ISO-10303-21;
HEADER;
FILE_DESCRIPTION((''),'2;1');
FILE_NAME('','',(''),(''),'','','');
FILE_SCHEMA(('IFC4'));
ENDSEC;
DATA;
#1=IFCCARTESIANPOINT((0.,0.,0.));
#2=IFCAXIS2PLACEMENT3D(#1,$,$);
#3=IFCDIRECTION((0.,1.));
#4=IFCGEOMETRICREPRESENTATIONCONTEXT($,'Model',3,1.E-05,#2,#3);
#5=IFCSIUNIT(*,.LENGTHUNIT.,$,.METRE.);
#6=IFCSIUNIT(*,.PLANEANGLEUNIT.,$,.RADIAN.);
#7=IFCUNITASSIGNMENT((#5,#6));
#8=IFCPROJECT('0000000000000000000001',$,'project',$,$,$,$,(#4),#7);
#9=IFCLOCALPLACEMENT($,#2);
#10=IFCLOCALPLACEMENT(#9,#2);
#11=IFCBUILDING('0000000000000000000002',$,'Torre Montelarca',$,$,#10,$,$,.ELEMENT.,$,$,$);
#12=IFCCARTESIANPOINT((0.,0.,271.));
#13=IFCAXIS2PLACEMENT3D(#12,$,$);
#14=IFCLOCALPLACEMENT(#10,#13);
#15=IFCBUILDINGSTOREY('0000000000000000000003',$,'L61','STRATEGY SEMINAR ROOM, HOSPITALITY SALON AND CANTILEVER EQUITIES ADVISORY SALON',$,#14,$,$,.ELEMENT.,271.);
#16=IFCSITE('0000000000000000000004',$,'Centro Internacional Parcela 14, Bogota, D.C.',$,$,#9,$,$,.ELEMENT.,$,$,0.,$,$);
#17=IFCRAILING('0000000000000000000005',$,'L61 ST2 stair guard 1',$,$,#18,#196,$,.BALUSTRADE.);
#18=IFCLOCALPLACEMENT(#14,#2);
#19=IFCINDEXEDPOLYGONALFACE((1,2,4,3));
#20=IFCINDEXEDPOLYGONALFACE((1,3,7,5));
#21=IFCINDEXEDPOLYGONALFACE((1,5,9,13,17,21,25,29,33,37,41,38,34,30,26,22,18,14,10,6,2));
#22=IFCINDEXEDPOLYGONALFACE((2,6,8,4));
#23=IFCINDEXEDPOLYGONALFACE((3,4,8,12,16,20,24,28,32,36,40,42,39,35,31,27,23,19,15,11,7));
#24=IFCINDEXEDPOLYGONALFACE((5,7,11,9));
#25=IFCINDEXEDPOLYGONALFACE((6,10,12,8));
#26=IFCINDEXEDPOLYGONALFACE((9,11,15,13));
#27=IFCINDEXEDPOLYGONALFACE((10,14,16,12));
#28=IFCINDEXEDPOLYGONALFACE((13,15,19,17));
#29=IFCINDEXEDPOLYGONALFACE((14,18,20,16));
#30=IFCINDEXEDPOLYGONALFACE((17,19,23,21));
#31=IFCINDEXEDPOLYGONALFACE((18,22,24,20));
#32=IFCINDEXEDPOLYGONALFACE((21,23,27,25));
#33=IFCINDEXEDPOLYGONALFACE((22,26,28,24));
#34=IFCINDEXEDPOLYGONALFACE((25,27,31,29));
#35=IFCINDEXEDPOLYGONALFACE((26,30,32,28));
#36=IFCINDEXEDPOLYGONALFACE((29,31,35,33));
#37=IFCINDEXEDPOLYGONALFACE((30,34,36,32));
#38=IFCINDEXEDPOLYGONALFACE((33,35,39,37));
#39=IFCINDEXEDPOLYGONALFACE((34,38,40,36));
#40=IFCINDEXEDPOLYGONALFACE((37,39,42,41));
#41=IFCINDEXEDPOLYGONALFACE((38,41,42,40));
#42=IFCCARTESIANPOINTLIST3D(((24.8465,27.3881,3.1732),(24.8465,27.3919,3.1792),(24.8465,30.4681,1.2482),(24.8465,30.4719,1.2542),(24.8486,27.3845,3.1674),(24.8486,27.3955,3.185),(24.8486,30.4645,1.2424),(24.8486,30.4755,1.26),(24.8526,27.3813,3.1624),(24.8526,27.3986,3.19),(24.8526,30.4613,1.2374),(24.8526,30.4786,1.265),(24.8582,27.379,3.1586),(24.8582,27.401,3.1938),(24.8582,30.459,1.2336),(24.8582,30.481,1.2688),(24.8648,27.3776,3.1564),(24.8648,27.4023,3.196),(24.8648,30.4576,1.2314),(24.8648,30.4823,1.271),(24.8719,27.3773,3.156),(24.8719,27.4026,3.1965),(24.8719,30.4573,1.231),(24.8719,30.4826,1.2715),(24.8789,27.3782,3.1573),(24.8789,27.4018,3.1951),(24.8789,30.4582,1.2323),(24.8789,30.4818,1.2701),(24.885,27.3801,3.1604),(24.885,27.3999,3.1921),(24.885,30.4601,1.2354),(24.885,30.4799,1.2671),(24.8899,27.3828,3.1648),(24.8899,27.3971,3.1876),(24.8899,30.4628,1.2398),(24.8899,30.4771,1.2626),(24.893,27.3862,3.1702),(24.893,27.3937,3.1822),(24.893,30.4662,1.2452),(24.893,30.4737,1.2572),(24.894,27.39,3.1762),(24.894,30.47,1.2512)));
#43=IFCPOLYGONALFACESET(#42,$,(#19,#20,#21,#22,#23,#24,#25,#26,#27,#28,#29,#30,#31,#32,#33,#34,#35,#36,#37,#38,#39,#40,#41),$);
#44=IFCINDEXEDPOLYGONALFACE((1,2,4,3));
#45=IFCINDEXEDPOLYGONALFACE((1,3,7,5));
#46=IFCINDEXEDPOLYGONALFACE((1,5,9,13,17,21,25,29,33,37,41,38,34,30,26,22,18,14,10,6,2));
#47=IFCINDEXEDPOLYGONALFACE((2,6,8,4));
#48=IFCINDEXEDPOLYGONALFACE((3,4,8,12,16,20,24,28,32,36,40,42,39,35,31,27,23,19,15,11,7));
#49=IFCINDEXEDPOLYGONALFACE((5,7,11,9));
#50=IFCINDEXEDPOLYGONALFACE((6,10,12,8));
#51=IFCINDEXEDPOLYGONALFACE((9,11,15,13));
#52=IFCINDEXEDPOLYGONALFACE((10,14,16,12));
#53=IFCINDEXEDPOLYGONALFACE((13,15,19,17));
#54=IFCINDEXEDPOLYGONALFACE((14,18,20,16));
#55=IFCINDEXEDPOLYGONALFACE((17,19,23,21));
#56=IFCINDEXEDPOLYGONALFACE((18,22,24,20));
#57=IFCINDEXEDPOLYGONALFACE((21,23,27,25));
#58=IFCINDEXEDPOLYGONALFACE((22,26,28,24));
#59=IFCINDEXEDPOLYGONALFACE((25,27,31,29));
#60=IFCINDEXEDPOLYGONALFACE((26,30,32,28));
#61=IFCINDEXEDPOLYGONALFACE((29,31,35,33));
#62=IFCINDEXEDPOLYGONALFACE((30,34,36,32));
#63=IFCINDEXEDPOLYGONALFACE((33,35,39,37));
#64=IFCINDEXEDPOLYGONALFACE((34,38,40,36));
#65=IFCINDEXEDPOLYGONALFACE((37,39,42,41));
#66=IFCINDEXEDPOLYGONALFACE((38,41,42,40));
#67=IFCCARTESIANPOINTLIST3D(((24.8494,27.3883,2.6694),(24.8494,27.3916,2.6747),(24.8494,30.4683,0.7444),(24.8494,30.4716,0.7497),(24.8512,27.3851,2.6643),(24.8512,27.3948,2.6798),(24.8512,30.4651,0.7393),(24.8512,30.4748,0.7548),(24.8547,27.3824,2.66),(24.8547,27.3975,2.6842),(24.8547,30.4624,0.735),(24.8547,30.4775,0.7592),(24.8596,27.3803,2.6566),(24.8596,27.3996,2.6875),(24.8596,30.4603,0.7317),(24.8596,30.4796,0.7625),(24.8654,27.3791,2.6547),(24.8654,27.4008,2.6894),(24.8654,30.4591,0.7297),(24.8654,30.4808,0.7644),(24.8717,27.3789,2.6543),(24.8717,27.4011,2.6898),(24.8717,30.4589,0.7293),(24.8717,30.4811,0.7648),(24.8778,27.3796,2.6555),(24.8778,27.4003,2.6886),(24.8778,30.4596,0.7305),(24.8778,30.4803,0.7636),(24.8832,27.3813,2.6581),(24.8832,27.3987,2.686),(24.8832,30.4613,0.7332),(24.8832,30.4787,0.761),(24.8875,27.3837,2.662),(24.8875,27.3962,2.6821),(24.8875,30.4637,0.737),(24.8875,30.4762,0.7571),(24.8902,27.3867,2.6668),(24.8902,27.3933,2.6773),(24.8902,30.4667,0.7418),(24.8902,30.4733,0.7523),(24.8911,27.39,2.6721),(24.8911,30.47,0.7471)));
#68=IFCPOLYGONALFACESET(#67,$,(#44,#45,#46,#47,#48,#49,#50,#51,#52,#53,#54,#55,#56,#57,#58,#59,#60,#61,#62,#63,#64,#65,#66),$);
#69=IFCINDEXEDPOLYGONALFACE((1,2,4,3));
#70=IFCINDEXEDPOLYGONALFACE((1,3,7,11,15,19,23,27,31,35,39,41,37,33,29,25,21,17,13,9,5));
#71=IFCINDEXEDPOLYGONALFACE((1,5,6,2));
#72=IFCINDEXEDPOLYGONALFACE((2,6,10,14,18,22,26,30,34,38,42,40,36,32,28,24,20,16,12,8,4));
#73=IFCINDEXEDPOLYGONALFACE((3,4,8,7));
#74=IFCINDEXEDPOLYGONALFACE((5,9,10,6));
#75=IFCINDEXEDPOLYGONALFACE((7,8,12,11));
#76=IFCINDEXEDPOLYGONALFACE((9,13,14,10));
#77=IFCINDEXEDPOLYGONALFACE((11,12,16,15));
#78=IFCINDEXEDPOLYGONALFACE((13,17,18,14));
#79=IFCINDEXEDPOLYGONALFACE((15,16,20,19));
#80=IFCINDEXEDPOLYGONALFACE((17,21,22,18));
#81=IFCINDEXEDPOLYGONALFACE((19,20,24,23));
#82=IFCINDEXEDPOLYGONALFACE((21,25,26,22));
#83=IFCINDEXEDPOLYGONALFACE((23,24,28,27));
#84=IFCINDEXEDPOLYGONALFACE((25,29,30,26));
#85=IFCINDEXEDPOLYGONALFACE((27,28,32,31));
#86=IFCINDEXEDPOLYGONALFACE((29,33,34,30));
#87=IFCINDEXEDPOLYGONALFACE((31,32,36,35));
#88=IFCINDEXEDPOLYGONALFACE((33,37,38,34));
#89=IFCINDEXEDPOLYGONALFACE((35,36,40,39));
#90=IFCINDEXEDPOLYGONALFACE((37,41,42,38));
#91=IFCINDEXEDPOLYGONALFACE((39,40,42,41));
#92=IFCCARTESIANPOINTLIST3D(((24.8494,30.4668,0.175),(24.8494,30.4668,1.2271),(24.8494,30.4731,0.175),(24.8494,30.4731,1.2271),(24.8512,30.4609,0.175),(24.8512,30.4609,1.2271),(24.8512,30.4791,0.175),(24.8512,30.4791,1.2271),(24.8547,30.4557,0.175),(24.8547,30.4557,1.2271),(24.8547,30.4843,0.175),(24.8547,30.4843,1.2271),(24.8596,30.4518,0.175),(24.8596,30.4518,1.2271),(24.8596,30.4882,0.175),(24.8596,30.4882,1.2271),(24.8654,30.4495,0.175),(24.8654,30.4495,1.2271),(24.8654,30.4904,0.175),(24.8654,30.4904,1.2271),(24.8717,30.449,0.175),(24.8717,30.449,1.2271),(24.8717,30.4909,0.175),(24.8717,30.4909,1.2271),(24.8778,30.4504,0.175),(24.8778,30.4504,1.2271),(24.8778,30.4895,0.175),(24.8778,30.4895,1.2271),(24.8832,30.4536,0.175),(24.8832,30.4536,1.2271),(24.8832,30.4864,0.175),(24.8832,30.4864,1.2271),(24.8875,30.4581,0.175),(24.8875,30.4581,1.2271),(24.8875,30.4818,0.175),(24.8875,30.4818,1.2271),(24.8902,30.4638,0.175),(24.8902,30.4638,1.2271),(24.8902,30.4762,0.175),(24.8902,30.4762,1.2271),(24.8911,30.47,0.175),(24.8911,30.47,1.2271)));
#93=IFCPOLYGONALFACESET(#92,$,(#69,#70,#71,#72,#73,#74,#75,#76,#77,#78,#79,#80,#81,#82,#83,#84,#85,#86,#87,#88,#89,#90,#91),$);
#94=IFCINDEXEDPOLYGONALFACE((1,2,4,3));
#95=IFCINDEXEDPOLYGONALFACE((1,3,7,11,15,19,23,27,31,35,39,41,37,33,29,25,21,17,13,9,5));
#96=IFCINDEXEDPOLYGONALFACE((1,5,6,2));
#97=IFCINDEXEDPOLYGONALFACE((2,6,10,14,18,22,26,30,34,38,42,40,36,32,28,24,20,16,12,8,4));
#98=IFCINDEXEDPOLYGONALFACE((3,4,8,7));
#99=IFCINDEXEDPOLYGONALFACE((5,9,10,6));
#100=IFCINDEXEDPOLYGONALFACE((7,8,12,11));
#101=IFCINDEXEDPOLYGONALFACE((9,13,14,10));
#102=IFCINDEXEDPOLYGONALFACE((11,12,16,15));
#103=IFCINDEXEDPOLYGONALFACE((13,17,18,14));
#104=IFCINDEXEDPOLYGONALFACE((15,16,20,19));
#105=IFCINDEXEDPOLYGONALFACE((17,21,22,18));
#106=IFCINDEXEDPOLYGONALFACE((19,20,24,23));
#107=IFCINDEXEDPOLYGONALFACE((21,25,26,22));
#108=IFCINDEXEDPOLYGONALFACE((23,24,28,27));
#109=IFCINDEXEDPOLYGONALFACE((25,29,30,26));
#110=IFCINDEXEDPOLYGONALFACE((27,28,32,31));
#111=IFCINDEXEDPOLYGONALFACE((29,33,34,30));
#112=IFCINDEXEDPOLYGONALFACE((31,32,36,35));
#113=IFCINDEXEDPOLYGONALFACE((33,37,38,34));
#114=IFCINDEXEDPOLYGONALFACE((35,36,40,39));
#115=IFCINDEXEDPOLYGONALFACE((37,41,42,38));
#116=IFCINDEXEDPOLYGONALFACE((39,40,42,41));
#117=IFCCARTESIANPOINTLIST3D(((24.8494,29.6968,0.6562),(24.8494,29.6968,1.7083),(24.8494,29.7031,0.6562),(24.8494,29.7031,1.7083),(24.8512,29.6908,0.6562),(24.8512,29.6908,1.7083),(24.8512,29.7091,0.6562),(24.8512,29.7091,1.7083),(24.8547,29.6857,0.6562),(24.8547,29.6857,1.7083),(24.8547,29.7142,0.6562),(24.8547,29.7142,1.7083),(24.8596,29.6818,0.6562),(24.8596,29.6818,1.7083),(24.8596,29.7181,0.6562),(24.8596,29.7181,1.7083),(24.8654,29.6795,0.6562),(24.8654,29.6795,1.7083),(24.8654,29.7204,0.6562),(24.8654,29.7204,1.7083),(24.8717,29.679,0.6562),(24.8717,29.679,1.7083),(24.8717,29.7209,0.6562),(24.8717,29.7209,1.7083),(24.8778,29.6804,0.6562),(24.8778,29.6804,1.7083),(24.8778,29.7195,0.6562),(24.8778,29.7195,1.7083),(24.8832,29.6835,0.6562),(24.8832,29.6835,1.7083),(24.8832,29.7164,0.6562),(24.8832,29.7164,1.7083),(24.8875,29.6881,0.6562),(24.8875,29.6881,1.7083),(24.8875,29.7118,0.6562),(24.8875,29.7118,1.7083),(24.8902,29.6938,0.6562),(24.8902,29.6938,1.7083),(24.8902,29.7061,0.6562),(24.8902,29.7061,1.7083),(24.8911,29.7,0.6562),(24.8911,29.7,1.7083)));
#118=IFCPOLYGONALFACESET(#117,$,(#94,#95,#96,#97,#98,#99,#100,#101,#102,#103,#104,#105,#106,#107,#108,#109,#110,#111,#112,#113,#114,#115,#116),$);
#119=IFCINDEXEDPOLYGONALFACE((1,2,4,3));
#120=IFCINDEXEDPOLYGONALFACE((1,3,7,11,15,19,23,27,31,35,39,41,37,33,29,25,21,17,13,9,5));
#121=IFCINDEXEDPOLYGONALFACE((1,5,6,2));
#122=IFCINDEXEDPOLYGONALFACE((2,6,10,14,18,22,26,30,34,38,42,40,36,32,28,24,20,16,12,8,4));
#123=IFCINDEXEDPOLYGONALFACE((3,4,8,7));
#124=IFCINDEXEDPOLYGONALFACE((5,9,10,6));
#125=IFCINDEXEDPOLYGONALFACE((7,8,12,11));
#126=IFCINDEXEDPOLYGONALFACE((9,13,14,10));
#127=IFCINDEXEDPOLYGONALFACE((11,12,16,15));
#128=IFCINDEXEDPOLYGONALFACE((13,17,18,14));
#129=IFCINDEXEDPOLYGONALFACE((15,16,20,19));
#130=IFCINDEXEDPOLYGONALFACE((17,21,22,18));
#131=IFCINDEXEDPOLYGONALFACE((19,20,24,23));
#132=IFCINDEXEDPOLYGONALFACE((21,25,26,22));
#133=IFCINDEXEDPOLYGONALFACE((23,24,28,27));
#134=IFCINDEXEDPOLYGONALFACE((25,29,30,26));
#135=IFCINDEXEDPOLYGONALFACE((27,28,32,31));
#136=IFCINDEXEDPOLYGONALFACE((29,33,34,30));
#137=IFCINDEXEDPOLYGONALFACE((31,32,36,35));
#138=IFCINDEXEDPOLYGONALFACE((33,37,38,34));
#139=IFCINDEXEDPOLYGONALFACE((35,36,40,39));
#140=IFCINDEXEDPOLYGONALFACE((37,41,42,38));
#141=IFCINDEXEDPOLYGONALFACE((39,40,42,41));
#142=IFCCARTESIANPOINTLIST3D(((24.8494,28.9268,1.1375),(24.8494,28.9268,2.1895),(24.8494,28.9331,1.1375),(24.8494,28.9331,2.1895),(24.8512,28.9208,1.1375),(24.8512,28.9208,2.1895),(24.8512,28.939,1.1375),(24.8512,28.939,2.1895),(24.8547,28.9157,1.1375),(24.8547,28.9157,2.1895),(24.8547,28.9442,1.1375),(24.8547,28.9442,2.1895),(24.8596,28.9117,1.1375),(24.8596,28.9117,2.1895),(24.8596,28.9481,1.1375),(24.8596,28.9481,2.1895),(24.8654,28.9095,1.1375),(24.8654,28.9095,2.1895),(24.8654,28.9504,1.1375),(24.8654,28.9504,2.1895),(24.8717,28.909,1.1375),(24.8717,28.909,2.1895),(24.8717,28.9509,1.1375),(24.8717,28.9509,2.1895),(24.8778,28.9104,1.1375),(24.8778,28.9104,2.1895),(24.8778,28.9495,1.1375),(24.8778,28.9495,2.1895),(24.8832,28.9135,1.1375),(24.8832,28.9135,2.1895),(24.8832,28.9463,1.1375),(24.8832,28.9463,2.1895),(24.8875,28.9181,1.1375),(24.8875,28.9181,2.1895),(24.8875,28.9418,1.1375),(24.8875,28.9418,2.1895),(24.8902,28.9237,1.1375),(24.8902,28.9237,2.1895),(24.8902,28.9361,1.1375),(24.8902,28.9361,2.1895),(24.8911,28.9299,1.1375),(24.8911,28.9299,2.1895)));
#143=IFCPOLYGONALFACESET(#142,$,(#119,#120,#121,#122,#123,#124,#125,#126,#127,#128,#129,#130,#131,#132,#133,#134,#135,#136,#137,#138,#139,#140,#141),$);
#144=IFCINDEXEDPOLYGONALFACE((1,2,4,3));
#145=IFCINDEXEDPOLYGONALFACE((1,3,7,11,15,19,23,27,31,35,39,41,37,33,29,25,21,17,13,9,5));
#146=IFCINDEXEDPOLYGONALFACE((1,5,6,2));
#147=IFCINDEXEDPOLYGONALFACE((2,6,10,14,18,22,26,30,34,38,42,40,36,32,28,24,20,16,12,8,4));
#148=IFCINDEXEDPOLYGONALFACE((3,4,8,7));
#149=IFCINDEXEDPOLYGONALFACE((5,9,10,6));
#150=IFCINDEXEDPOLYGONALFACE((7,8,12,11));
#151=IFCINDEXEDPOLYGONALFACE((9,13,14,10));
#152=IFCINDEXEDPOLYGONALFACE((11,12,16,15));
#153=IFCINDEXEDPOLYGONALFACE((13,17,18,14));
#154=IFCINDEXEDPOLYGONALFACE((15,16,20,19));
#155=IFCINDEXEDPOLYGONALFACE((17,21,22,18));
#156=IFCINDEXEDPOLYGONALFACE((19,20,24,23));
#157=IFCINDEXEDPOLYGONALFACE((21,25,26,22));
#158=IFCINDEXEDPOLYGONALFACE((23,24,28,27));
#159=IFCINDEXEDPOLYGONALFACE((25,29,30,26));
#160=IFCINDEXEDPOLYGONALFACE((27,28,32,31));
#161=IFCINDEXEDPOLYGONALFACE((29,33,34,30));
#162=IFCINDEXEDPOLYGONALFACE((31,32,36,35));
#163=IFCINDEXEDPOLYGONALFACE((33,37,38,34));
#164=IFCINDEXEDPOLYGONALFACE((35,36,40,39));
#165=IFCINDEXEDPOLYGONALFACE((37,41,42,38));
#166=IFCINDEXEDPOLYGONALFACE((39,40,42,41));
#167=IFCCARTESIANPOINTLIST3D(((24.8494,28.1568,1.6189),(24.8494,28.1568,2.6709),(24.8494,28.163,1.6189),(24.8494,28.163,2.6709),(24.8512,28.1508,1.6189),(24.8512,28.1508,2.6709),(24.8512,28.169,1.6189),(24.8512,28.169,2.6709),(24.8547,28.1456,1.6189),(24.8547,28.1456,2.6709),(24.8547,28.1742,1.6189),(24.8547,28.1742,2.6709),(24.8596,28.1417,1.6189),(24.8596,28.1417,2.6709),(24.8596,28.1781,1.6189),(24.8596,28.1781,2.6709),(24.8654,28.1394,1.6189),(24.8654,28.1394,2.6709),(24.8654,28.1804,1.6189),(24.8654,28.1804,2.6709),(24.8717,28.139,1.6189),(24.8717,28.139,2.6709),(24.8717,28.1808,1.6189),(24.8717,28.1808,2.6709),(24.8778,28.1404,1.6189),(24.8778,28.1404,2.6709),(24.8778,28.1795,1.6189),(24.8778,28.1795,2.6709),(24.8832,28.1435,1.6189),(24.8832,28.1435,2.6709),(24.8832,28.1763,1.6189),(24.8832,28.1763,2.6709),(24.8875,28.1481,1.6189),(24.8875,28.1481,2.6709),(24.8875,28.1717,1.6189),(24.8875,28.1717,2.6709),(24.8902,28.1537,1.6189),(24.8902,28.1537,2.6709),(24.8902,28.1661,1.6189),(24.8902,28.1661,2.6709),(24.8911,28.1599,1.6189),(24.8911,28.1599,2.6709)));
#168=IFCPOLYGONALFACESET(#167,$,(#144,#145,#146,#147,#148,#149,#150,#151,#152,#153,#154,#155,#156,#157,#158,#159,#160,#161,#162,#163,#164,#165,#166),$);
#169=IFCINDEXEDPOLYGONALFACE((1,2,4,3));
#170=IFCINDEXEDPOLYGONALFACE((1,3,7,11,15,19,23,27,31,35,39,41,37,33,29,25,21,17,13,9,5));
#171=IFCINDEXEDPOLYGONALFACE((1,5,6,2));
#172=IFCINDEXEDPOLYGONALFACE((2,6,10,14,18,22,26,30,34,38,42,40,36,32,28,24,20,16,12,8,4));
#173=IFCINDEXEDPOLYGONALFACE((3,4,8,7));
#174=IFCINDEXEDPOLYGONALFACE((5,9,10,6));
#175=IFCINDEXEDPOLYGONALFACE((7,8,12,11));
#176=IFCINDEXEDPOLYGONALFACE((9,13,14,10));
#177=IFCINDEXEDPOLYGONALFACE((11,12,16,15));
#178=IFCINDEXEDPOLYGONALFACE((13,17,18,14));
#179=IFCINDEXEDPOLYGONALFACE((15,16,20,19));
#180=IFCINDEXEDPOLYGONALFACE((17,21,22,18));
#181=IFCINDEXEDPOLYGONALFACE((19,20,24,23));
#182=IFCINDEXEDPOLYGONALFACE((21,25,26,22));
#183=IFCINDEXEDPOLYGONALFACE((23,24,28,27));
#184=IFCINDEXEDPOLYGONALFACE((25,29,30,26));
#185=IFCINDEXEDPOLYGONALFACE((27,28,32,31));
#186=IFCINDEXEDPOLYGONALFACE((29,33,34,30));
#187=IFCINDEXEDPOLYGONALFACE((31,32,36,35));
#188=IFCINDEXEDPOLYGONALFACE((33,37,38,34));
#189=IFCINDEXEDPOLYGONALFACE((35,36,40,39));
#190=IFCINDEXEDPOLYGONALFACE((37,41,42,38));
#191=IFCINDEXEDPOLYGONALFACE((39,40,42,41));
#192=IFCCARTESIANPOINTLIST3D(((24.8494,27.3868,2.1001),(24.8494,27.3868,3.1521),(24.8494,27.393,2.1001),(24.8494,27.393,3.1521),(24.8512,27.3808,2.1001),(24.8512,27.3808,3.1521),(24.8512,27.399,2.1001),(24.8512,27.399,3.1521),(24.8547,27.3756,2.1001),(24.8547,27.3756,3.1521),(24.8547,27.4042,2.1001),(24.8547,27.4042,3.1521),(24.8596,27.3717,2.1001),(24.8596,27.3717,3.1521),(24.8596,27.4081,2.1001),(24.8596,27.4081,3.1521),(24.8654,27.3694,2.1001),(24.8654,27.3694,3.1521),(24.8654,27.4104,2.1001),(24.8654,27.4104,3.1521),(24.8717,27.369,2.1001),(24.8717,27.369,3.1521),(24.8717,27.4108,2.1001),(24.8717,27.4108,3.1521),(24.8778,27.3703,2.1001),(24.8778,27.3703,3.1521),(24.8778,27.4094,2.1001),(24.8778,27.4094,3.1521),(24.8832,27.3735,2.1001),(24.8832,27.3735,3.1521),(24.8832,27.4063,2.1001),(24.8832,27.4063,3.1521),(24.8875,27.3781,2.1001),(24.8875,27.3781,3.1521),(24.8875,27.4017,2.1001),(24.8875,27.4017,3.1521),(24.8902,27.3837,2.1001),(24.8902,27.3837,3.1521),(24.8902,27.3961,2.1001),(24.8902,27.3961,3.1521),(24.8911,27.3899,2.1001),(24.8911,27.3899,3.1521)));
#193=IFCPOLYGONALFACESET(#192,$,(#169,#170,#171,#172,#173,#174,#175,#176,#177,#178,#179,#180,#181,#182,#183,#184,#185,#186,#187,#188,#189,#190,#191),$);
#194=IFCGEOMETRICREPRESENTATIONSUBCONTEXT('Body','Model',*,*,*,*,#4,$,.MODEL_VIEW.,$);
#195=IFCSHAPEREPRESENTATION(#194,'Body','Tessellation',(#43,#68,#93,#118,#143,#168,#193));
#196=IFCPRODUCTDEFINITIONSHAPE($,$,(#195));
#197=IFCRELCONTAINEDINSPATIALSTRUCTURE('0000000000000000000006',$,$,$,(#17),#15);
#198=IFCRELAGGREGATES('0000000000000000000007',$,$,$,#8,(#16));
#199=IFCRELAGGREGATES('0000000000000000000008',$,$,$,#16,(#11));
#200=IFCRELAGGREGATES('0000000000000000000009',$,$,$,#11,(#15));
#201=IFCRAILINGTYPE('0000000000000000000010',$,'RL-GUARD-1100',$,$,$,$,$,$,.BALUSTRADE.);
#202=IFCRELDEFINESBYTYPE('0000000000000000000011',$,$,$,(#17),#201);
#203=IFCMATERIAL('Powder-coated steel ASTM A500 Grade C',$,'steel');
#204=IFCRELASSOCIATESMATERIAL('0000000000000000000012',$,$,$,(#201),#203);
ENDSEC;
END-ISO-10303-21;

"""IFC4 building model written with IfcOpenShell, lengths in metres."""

from ifc_helpers import new_model, si_unit, direction, frame, origin, origin_2d, place, context, subcontext, project, spatial, circle, extrude, material, type_object, element, save


model = new_model("IFC4")

# Units and contexts
model_context = context("Model", 3, precision=1e-05, world=origin(), true_north=direction((0.0, 1.0)))
body_context = subcontext(model_context, "Body", "Model", "MODEL_VIEW")
ifc_project = project(units=[si_unit("LENGTHUNIT", "METRE"), si_unit("PLANEANGLEUNIT", "RADIAN")], contexts=[model_context])

# Site, building, storey
site_placement = place(None, origin())
site = spatial("IfcSite", under=ifc_project, at=site_placement, Name="Centro Internacional Parcela 14, Bogota, D.C.", CompositionType="ELEMENT", RefElevation=0.0)
building_placement = place(site_placement, origin())
building = spatial("IfcBuilding", under=site, at=building_placement, Name="Torre Montelarca", CompositionType="ELEMENT")
storey_placement = place(building_placement, frame((0.0, 0.0, 271.0)))
storey = spatial("IfcBuildingStorey", under=building, at=storey_placement, Name="L61", Description="STRATEGY SEMINAR ROOM, HOSPITALITY SALON AND CANTILEVER EQUITIES ADVISORY SALON", CompositionType="ELEMENT", Elevation=271.0)

# Railing
ifc_material_1 = material(Name="Powder-coated steel ASTM A500 Grade C", Category="steel")
railing_type_1 = type_object("IfcRailingType", Name="RL-GUARD-1100", PredefinedType="BALUSTRADE", material=ifc_material_1)
railing_1_placement = place(storey_placement, frame((24.8701, 30.47, 0.175)))
element("IfcRailing", 1, at=railing_1_placement, inside=storey, type_object=railing_type_1, Name="L61 ST2 stair guard 1", PredefinedType="BALUSTRADE", context=body_context, shape_type="SweptSolid", body=[
    extrude(circle(Radius=0.0239, at=origin_2d()), frame((0.0, 0.0, 1.0762), z_axis=(0.0, -0.847998, 0.529999), x_axis=(1.0, 0.0, 0.0)), (0.0, 0.0, 1.0), 3.6321),
    extrude(circle(Radius=0.021, at=origin_2d()), frame((0.0, 0.0, 0.572), z_axis=(0.0, -0.847998, 0.529999), x_axis=(1.0, 0.0, 0.0)), (0.0, 0.0, 1.0), 3.6321),
    extrude(circle(Radius=0.021, at=origin_2d()), origin(), (0.0, 0.0, 1.0), 1.052),
    extrude(circle(Radius=0.021, at=origin_2d()), frame((0.0, -0.77, 0.4812)), (0.0, 0.0, 1.0), 1.052),
    extrude(circle(Radius=0.021, at=origin_2d()), frame((0.0, -1.54, 0.9624)), (0.0, 0.0, 1.0), 1.052),
    extrude(circle(Radius=0.021, at=origin_2d()), frame((0.0, -2.3101, 1.4438)), (0.0, 0.0, 1.0), 1.052),
    extrude(circle(Radius=0.021, at=origin_2d()), frame((0.0, -3.0801, 1.925)), (0.0, 0.0, 1.0), 1.052),
])

save(model, "model.ifc")
